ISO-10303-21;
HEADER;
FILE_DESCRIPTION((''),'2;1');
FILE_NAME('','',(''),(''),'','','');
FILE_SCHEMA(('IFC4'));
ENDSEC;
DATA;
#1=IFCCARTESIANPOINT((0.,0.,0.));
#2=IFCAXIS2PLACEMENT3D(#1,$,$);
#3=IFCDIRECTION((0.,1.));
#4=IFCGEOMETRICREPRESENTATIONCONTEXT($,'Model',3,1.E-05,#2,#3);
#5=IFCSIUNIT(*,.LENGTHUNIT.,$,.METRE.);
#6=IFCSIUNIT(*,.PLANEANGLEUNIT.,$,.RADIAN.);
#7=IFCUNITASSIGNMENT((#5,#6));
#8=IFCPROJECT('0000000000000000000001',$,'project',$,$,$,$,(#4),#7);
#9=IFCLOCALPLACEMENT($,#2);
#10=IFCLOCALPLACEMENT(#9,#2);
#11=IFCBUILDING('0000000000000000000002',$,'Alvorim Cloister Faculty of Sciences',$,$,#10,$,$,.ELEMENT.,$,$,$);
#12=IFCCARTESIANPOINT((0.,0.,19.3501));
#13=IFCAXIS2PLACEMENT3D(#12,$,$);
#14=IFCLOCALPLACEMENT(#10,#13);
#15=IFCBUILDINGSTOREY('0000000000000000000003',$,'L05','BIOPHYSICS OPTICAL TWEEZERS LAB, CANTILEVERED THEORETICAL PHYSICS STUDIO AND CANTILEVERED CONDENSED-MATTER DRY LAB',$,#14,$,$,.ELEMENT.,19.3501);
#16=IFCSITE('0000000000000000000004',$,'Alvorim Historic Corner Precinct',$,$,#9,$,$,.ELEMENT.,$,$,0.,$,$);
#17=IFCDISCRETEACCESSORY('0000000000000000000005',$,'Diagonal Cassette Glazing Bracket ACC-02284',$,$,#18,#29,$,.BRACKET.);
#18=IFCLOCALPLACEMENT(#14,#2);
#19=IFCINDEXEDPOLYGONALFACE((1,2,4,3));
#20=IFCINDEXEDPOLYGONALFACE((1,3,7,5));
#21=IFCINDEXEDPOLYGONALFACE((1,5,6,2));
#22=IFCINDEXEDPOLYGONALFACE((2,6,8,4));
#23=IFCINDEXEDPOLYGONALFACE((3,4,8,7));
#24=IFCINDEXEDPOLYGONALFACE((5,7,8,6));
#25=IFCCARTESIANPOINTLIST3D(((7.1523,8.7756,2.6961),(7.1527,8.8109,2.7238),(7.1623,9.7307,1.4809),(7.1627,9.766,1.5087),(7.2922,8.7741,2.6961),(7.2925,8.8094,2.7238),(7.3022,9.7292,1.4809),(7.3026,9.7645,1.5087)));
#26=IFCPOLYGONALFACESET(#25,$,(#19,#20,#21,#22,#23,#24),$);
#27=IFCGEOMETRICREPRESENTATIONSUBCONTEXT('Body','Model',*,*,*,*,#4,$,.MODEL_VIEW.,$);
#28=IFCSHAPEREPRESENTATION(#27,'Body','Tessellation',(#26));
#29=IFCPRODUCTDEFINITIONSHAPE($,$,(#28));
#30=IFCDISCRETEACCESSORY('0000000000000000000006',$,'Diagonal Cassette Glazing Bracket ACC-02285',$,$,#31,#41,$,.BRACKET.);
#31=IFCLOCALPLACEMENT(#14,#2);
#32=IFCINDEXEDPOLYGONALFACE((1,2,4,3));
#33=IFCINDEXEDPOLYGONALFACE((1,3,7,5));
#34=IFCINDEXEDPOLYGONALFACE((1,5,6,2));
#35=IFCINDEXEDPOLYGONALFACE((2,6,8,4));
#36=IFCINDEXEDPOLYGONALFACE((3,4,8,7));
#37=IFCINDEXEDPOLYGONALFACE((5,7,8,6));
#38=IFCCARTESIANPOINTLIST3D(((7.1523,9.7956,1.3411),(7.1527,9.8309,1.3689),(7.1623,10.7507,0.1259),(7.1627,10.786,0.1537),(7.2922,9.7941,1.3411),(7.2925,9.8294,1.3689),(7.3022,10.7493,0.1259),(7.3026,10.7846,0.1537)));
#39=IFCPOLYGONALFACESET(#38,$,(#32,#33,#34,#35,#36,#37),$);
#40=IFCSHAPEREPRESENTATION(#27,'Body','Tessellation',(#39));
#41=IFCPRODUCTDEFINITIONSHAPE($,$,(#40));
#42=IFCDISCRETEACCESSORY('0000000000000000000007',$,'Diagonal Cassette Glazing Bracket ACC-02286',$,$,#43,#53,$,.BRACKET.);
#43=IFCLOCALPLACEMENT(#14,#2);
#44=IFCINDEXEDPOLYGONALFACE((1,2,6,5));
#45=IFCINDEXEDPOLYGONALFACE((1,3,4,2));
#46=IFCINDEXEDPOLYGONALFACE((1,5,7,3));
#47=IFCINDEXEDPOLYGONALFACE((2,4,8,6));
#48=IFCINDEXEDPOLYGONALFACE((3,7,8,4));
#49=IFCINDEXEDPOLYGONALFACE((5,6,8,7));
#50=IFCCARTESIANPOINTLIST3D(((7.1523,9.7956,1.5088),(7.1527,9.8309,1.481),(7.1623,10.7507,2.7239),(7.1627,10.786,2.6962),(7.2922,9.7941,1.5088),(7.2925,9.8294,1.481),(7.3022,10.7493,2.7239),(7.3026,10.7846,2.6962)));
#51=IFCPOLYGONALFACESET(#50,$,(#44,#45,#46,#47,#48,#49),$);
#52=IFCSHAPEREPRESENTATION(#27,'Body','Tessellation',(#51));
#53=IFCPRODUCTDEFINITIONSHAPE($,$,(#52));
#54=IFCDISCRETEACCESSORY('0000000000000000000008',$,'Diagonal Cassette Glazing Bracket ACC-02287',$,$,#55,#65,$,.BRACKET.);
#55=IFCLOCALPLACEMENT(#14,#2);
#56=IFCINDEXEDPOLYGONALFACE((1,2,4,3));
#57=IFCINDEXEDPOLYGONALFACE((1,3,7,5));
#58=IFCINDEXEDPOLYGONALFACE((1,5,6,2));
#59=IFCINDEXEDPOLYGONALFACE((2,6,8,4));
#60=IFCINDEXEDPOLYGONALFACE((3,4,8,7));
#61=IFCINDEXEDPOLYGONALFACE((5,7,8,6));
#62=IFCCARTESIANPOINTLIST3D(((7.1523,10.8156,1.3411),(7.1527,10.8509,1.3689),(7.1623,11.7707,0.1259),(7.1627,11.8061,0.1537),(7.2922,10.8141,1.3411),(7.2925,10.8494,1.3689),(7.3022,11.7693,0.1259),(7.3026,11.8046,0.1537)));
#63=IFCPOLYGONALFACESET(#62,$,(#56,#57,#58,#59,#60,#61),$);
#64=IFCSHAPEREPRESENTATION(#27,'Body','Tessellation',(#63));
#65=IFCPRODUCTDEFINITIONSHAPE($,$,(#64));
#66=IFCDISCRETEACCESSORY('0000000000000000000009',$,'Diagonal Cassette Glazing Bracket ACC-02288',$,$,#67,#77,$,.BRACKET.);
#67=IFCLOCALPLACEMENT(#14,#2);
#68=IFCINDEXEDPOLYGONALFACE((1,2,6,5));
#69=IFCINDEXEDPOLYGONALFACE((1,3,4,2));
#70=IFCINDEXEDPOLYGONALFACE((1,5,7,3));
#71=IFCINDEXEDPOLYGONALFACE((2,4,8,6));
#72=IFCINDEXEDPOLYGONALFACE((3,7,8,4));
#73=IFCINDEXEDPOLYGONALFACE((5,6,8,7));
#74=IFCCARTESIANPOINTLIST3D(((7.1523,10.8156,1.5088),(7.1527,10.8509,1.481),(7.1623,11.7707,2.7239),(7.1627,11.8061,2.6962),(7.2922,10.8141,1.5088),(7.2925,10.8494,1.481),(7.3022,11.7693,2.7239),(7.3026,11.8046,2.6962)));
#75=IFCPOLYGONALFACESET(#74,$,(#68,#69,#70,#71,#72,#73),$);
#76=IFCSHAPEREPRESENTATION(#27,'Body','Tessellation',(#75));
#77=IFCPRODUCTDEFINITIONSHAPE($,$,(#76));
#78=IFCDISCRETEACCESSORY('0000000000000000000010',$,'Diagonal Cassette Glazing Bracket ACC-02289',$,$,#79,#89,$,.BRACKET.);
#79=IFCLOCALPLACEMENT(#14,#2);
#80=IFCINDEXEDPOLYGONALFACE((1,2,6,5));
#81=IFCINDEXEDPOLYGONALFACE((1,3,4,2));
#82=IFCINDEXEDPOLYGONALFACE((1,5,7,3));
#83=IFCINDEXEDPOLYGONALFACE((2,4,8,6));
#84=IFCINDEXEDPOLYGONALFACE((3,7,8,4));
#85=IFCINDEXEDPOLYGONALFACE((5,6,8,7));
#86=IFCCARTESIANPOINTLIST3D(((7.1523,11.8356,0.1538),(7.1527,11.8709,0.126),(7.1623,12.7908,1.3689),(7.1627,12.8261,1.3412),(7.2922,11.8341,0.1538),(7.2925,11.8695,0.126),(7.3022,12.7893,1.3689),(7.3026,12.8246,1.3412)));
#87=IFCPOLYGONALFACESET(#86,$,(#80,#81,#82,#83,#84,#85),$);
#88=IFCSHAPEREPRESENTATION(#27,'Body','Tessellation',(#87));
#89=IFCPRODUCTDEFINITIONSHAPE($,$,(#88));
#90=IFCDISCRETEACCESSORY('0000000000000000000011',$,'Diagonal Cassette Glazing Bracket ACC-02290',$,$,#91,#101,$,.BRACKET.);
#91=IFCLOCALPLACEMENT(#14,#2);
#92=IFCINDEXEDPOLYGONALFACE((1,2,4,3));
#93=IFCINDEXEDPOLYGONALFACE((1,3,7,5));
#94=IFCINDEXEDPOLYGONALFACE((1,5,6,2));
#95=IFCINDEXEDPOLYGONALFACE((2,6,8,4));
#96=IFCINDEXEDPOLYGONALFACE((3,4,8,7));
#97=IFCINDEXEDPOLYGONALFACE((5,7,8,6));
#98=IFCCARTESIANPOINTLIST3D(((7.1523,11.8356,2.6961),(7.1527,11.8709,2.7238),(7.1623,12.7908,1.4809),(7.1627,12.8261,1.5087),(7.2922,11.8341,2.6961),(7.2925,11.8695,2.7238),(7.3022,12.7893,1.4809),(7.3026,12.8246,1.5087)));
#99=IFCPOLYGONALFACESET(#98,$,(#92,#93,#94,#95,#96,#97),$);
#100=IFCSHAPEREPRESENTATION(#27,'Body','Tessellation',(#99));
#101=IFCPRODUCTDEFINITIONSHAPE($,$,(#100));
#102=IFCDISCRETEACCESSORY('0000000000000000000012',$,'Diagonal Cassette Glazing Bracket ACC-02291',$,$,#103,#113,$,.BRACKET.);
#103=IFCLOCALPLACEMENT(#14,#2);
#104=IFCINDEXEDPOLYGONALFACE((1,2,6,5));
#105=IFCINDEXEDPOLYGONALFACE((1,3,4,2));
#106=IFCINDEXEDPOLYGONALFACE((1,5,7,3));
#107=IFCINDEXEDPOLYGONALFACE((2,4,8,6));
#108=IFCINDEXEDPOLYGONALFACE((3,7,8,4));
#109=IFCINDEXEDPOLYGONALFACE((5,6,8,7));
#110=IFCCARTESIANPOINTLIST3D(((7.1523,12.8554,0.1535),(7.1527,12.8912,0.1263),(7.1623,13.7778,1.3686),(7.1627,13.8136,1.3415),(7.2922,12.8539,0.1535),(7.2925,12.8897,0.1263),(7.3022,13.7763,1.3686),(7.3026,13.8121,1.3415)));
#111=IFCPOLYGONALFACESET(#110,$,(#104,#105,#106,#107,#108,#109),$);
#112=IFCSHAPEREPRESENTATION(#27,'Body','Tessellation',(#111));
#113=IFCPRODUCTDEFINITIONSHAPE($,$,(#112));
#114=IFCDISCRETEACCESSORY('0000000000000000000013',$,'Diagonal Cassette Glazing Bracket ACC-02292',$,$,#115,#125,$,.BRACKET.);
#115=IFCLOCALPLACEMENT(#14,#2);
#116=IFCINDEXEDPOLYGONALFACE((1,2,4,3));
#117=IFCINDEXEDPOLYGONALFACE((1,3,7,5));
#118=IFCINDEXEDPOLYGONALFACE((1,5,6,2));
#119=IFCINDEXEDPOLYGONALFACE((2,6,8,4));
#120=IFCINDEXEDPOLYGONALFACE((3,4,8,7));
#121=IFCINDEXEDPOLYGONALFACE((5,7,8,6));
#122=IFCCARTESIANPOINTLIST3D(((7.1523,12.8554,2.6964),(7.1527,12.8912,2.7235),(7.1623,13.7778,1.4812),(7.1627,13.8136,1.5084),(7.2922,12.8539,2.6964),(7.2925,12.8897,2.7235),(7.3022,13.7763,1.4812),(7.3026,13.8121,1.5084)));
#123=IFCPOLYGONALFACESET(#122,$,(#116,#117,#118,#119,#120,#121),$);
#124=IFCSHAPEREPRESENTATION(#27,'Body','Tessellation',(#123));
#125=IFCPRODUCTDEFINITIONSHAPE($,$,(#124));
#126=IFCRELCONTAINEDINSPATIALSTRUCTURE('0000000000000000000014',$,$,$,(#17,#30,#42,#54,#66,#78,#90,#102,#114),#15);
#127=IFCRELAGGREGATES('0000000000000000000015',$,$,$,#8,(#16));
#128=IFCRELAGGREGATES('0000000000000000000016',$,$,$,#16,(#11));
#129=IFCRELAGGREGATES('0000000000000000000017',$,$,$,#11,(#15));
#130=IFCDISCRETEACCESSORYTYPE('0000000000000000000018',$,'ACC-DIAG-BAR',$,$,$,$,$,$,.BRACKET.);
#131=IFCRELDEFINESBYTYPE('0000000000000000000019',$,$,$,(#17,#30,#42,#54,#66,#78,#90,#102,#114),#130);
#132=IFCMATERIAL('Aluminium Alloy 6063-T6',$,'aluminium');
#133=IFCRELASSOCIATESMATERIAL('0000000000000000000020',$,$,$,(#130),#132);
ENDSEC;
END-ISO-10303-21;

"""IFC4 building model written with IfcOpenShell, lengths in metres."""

from ifc_helpers import new_model, si_unit, direction, frame, origin, origin_2d, place, context, subcontext, project, spatial, rectangle, extrude, material, type_object, element, save


model = new_model("IFC4")

# Units and contexts
model_context = context("Model", 3, precision=1e-05, world=origin(), true_north=direction((0.0, 1.0)))
body_context = subcontext(model_context, "Body", "Model", "MODEL_VIEW")
ifc_project = project(units=[si_unit("LENGTHUNIT", "METRE"), si_unit("PLANEANGLEUNIT", "RADIAN")], contexts=[model_context])

# Site, building, storey
site_placement = place(None, origin())
site = spatial("IfcSite", under=ifc_project, at=site_placement, Name="Alvorim Historic Corner Precinct", CompositionType="ELEMENT", RefElevation=0.0)
building_placement = place(site_placement, origin())
building = spatial("IfcBuilding", under=site, at=building_placement, Name="Alvorim Cloister Faculty of Sciences", CompositionType="ELEMENT")
storey_placement = place(building_placement, frame((0.0, 0.0, 19.3501)))
storey = spatial("IfcBuildingStorey", under=building, at=storey_placement, Name="L05", Description="BIOPHYSICS OPTICAL TWEEZERS LAB, CANTILEVERED THEORETICAL PHYSICS STUDIO AND CANTILEVERED CONDENSED-MATTER DRY LAB", CompositionType="ELEMENT", Elevation=19.3501)

# Shared definitions
ifc_material_1 = material(Name="Aluminium Alloy 6063-T6", Category="aluminium")

# Discrete accessories
discrete_accessory_type = type_object("IfcDiscreteAccessoryType", Name="ACC-DIAG-BAR", PredefinedType="BRACKET", material=ifc_material_1)
for number, where, z_axis, x_axis, name in (
    (1, (7.2224, 8.7925, 2.71), (0.006477, 0.617955, -0.786187), (-0.999945, 0.01048, 0.0), "Diagonal Cassette Glazing Bracket ACC-02284"),
    (2, (7.2224, 9.8125, 1.355), (0.006477, 0.617955, -0.786187), (-0.999945, 0.01048, 0.0), "Diagonal Cassette Glazing Bracket ACC-02285"),
    (3, (7.2224, 9.8125, 1.4949), (0.006477, 0.617955, 0.786187), (-0.999945, 0.01048, 0.0), "Diagonal Cassette Glazing Bracket ACC-02286"),
    (4, (7.2224, 10.8325, 1.355), (0.006477, 0.617955, -0.786187), (-0.999945, 0.01048, 0.0), "Diagonal Cassette Glazing Bracket ACC-02287"),
    (5, (7.2224, 10.8325, 1.4949), (0.006477, 0.617955, 0.786187), (-0.999945, 0.01048, 0.0), "Diagonal Cassette Glazing Bracket ACC-02288"),
    (6, (7.2224, 11.8525, 0.1399), (0.006477, 0.617955, 0.786187), (-0.999945, 0.01048, 0.0), "Diagonal Cassette Glazing Bracket ACC-02289"),
    (7, (7.2224, 11.8525, 2.71), (0.006477, 0.617955, -0.786187), (-0.999945, 0.01048, 0.0), "Diagonal Cassette Glazing Bracket ACC-02290"),
):
    element("IfcDiscreteAccessory", number, at=place(storey_placement, frame(where, z_axis=z_axis, x_axis=x_axis)), inside=storey, type_object=discrete_accessory_type, Name=name, PredefinedType="BRACKET", context=body_context, shape_type="SweptSolid", body=[
        extrude(rectangle(XDim=0.1399, YDim=0.0449, at=origin_2d()), origin(), (0.0, 0.0, 1.0), 1.5457),
    ])
for number, where, z_axis, x_axis, name in (
    (8, (7.2224, 12.8726, 0.1399), (0.006561, 0.604612, 0.796493), (-0.999941, 0.010852, 0.0), "Diagonal Cassette Glazing Bracket ACC-02291"),
    (9, (7.2224, 12.8726, 2.71), (0.006561, 0.604612, -0.796493), (-0.999941, 0.010852, 0.0), "Diagonal Cassette Glazing Bracket ACC-02292"),
):
    element("IfcDiscreteAccessory", number, at=place(storey_placement, frame(where, z_axis=z_axis, x_axis=x_axis)), inside=storey, type_object=discrete_accessory_type, Name=name, PredefinedType="BRACKET", context=body_context, shape_type="SweptSolid", body=[
        extrude(rectangle(XDim=0.1399, YDim=0.0449, at=origin_2d()), origin(), (0.0, 0.0, 1.0), 1.5256),
    ])

save(model, "model.ifc")
